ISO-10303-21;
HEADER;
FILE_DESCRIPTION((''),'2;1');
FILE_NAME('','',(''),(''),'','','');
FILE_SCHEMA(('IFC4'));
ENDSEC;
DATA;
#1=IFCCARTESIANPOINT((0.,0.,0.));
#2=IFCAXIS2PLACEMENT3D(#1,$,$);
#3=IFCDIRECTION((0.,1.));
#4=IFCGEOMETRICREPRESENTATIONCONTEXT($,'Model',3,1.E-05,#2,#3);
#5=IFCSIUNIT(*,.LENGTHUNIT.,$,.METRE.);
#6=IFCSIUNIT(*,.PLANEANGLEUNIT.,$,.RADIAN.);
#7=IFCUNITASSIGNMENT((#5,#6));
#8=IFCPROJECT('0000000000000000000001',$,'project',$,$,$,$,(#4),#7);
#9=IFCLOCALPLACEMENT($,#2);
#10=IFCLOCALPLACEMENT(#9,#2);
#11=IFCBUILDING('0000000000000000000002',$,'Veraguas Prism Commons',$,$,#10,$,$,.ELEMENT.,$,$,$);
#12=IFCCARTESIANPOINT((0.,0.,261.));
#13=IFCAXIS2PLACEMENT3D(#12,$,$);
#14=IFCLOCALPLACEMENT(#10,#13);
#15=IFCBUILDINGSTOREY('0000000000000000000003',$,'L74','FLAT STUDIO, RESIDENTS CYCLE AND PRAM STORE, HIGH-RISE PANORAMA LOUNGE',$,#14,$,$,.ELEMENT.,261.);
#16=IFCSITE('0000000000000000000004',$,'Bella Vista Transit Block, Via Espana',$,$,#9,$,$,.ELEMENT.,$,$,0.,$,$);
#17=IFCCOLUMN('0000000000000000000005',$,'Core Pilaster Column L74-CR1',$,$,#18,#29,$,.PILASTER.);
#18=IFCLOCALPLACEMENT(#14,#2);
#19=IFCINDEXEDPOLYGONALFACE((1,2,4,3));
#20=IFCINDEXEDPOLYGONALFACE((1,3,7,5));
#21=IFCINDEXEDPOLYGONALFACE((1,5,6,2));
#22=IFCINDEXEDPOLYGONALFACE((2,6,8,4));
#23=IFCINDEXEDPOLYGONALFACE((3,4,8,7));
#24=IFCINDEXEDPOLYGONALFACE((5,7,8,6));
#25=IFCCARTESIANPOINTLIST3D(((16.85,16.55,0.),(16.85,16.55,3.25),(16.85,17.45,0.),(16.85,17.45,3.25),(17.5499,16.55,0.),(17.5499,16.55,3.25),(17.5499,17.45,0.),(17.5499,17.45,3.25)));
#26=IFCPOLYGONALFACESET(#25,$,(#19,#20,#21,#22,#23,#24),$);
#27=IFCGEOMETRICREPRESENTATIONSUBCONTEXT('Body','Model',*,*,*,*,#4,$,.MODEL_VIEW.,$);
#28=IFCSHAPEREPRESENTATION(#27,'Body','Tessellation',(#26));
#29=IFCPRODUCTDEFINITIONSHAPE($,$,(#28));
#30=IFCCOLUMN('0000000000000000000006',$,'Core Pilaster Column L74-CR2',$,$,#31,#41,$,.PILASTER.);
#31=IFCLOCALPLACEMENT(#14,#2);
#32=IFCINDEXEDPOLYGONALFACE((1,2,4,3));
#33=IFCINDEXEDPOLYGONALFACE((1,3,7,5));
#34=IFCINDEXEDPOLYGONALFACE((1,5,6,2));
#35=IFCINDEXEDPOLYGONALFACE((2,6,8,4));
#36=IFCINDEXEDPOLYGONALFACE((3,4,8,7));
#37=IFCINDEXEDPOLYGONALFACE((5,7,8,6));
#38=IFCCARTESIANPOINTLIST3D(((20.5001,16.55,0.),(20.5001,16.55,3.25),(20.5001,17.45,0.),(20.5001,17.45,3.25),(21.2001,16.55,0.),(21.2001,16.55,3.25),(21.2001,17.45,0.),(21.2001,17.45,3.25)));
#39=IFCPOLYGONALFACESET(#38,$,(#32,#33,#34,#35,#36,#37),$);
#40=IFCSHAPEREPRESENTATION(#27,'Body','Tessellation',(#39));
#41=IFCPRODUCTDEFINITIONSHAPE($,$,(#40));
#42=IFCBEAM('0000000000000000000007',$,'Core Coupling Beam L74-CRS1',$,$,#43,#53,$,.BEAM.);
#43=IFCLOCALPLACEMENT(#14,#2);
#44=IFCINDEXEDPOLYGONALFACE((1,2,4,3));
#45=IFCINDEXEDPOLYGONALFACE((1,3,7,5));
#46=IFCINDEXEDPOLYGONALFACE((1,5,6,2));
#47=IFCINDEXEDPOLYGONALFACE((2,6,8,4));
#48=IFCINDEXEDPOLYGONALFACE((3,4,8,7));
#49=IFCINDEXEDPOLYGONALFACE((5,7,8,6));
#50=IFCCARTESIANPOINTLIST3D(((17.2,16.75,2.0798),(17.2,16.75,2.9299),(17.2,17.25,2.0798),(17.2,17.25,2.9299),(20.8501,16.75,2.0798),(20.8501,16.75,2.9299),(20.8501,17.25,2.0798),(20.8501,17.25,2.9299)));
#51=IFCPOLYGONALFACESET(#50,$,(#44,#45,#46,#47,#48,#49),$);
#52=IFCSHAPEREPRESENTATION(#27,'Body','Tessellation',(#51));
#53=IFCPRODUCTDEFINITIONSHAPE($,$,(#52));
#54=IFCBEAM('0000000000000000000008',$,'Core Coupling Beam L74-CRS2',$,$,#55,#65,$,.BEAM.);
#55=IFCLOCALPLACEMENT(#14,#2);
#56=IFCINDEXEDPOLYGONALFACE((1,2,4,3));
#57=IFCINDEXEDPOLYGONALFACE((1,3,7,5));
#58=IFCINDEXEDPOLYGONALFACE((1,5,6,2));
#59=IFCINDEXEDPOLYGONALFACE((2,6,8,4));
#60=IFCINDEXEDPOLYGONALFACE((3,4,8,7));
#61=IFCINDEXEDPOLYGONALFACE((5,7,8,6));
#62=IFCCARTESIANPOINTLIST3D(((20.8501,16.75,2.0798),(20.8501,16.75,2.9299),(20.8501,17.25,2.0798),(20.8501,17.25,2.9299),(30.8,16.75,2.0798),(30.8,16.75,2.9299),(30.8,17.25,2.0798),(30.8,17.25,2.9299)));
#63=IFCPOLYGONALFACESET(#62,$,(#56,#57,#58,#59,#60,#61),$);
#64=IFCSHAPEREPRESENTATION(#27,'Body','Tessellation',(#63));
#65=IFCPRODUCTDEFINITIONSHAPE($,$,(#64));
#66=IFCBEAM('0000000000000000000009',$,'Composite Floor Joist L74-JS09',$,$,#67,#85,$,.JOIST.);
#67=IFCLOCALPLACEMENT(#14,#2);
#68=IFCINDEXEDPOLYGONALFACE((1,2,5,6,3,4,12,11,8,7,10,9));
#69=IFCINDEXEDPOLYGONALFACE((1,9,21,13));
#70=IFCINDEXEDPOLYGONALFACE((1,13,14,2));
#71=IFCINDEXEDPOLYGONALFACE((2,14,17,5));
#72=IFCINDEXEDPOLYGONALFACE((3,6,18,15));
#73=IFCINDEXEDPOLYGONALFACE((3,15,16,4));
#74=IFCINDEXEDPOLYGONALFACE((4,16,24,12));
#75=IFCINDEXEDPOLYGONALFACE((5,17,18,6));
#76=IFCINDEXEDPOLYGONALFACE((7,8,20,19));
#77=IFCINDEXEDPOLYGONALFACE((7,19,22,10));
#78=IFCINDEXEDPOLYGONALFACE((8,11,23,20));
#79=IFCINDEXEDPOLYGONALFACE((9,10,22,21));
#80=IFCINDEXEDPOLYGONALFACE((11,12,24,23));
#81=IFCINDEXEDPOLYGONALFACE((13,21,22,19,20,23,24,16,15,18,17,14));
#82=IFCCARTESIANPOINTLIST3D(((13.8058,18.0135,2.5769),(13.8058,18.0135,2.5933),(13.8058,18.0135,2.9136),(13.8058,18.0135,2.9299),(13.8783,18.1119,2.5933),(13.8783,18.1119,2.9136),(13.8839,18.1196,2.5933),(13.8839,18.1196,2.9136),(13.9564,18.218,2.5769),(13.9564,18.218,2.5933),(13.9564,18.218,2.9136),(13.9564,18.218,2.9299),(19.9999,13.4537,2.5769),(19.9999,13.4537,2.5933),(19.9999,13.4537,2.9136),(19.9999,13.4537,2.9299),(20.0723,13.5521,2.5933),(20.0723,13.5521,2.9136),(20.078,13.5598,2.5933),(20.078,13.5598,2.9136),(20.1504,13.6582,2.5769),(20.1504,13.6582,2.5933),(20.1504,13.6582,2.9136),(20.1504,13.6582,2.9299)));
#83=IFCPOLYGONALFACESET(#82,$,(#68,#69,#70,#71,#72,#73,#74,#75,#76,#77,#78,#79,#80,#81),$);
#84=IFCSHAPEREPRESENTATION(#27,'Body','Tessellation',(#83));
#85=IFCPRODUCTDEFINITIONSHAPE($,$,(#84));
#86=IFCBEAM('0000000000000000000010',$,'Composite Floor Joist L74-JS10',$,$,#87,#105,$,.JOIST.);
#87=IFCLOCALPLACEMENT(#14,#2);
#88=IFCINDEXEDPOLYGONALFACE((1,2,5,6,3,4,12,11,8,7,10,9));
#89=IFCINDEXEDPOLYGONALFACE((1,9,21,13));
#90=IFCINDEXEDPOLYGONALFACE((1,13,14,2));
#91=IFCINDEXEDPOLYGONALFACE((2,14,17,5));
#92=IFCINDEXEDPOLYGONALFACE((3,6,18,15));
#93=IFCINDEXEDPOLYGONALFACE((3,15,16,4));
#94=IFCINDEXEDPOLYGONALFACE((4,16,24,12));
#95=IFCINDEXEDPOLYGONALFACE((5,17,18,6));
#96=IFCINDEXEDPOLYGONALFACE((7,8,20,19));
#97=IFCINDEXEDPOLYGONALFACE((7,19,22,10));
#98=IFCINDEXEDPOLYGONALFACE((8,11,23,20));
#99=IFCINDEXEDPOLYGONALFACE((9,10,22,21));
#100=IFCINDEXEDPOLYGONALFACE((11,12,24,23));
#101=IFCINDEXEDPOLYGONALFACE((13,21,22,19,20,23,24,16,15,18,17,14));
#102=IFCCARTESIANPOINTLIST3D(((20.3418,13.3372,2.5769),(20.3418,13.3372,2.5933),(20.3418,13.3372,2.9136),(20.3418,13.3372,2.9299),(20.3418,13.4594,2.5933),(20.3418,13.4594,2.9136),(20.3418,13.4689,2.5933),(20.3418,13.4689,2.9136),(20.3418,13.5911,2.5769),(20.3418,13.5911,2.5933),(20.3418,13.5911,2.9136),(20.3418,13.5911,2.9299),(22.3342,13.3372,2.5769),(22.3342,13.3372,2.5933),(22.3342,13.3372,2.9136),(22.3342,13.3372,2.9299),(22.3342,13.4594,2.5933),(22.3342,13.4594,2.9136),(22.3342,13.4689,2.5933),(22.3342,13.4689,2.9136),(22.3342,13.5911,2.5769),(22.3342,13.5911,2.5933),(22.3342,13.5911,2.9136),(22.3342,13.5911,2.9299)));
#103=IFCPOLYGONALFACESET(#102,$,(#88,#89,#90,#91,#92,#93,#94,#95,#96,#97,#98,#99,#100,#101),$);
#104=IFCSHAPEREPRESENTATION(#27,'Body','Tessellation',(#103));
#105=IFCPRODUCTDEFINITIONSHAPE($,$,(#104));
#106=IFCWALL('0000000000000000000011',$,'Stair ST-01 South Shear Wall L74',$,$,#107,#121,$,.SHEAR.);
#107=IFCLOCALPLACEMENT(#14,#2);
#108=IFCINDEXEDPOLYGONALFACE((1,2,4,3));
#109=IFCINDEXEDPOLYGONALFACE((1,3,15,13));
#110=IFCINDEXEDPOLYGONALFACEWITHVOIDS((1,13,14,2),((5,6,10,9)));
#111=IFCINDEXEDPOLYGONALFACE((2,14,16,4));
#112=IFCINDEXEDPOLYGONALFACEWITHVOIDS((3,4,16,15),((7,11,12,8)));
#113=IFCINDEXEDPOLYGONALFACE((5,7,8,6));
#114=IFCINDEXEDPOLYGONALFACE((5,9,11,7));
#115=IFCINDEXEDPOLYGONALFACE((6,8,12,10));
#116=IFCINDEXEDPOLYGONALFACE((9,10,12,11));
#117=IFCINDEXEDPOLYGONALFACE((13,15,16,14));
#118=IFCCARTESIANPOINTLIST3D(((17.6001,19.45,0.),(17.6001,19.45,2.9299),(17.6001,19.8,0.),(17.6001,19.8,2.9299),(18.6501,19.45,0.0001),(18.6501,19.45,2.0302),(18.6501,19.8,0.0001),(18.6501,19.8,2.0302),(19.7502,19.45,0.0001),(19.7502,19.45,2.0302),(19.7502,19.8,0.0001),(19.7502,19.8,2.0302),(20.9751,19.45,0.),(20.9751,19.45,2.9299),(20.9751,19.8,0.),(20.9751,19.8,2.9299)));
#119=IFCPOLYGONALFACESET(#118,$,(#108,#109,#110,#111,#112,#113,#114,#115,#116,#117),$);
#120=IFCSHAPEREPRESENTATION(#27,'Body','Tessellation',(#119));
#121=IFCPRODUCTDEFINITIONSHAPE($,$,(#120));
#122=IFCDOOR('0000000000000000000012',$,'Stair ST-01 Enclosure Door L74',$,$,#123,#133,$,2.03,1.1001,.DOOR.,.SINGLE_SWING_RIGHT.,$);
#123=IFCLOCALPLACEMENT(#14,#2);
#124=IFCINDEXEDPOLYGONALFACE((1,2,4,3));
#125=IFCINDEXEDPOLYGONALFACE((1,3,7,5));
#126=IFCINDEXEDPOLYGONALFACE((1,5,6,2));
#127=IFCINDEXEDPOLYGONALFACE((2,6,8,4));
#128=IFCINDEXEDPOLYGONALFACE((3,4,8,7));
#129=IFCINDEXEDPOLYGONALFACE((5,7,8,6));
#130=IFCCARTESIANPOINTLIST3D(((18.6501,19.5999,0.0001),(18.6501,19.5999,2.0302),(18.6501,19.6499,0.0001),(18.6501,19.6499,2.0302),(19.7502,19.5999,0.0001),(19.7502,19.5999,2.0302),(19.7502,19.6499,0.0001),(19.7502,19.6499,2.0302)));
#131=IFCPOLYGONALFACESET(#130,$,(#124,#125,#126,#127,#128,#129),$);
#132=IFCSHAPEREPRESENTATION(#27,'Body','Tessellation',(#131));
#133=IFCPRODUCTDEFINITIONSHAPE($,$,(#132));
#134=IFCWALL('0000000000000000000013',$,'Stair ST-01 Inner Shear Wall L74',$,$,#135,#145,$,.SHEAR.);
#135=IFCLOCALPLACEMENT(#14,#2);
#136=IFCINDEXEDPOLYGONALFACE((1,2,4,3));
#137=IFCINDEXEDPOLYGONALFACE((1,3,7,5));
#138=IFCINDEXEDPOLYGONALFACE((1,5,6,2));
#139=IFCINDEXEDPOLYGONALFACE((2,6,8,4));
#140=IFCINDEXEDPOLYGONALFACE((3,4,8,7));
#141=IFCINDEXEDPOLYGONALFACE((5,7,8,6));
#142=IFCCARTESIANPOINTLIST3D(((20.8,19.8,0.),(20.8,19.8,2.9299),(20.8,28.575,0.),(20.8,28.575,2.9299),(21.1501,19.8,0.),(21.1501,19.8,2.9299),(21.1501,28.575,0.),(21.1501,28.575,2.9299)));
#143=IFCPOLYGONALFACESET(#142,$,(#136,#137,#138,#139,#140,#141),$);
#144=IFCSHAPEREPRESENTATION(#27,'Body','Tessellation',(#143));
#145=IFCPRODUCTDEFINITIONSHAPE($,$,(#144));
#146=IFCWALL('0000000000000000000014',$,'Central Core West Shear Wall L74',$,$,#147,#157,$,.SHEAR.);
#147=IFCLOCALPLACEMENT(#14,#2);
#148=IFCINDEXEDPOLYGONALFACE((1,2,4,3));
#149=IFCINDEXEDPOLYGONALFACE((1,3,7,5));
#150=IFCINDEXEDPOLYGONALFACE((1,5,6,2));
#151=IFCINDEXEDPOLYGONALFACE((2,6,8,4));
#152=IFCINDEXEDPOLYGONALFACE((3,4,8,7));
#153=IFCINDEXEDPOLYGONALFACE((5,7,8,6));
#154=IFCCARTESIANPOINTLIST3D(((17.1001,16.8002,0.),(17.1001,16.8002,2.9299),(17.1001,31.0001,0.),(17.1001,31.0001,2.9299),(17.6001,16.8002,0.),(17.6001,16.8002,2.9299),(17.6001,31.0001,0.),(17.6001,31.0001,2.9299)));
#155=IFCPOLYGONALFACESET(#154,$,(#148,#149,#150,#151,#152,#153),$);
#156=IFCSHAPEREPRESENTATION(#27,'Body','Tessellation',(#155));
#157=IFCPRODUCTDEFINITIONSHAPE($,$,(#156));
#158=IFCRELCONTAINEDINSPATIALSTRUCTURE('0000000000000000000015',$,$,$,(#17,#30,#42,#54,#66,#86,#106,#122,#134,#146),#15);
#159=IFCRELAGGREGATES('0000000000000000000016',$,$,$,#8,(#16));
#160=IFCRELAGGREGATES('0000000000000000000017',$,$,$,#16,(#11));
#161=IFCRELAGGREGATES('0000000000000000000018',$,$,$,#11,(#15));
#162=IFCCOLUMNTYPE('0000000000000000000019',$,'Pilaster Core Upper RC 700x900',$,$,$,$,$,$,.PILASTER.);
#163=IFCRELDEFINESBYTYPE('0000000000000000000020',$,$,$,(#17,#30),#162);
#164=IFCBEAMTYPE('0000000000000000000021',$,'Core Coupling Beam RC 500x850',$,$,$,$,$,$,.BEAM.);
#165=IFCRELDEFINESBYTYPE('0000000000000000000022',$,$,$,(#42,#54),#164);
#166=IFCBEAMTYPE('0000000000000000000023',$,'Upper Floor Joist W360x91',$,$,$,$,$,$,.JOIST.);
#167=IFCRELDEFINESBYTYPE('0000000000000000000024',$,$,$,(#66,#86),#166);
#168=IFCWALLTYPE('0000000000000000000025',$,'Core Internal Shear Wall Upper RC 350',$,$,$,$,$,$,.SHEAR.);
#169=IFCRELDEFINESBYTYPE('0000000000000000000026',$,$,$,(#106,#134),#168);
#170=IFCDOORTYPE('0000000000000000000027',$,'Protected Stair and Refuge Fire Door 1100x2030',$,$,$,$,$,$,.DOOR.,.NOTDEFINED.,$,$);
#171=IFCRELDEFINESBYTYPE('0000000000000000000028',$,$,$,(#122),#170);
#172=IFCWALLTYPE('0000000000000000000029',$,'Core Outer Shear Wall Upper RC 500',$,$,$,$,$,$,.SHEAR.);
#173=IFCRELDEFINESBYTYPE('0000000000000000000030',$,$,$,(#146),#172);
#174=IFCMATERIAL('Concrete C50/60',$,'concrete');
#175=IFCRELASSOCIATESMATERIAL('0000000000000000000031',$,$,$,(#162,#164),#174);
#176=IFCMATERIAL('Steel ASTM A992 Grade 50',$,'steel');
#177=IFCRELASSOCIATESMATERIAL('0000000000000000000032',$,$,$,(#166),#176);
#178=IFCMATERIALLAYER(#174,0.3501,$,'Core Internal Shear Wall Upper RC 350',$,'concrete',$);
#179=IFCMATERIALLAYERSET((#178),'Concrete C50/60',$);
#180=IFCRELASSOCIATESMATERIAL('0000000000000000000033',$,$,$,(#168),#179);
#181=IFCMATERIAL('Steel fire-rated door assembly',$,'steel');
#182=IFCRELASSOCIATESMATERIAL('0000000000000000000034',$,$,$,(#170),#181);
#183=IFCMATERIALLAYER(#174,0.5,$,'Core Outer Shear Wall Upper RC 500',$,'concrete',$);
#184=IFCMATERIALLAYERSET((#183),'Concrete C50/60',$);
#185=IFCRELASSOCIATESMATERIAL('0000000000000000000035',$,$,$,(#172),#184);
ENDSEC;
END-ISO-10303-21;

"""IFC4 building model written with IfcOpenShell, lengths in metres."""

from ifc_helpers import new_model, si_unit, direction, frame, frame_2d, origin, origin_2d, place, context, subcontext, project, spatial, rectangle, i_section, extrude, source, transform, mapped, material, layer, layer_set, material_profile, profile_set, type_object, element, fill, save


model = new_model("IFC4")

# Units and contexts
model_context = context("Model", 3, precision=1e-05, world=origin(), true_north=direction((0.0, 1.0)))
body_context = subcontext(model_context, "Body", "Model", "MODEL_VIEW")
ifc_project = project(units=[si_unit("LENGTHUNIT", "METRE"), si_unit("PLANEANGLEUNIT", "RADIAN")], contexts=[model_context])

# Site, building, storey
site_placement = place(None, origin())
site = spatial("IfcSite", under=ifc_project, at=site_placement, Name="Bella Vista Transit Block, Via Espana", CompositionType="ELEMENT", RefElevation=0.0)
building_placement = place(site_placement, origin())
building = spatial("IfcBuilding", under=site, at=building_placement, Name="Veraguas Prism Commons", CompositionType="ELEMENT")
storey_placement = place(building_placement, frame((0.0, 0.0, 261.0)))
storey = spatial("IfcBuildingStorey", under=building, at=storey_placement, Name="L74", Description="FLAT STUDIO, RESIDENTS CYCLE AND PRAM STORE, HIGH-RISE PANORAMA LOUNGE", CompositionType="ELEMENT", Elevation=261.0)

# Columns
ifc_material_1 = material(Name="Concrete C50/60", Category="concrete")
ifc_material_profile_1 = material_profile(ifc_material_1, rectangle(XDim=0.7, YDim=0.8999, at=origin_2d()), Name="RC700X900")
ifc_profile_set_1 = profile_set([ifc_material_profile_1], Name="Concrete C50/60")
column_type = type_object("IfcColumnType", Name="Pilaster Core Upper RC 700x900", PredefinedType="PILASTER", material=ifc_profile_set_1)
for number, where, z_axis, x_axis, name in (
    (1, (17.2, 17.0, 0.0), (0.0, 0.0, 1.0), (1.0, 0.0, 0.0), "Core Pilaster Column L74-CR1"),
    (2, (20.8501, 17.0, 0.0), (0.0, 0.0, 1.0), (1.0, 0.0, 0.0), "Core Pilaster Column L74-CR2"),
):
    element("IfcColumn", number, at=place(storey_placement, frame(where, z_axis=z_axis, x_axis=x_axis)), inside=storey, type_object=column_type, Name=name, PredefinedType="PILASTER", context=body_context, shape_type="SweptSolid", body=[
        extrude(rectangle(XDim=0.7, YDim=0.8999, at=origin_2d()), origin(), (0.0, 0.0, 1.0), 3.25),
    ])

# Beams
ifc_material_profile_2 = material_profile(ifc_material_1, rectangle(XDim=0.5, YDim=0.8501, at=origin_2d()), Name="RC500X850")
ifc_profile_set_2 = profile_set([ifc_material_profile_2], Name="Concrete C50/60")
beam_type_1 = type_object("IfcBeamType", Name="Core Coupling Beam RC 500x850", PredefinedType="BEAM", material=ifc_profile_set_2)
beam_1_placement = place(storey_placement, frame((17.2, 17.0, 2.5049), z_axis=(1.0, 0.0, 0.0), x_axis=(0.0, 1.0, 0.0)))
element("IfcBeam", 3, at=beam_1_placement, inside=storey, type_object=beam_type_1, Name="Core Coupling Beam L74-CRS1", PredefinedType="BEAM", context=body_context, shape_type="SweptSolid", body=[
    extrude(rectangle(XDim=0.5, YDim=0.8501, at=origin_2d()), origin(), (0.0, 0.0, 1.0), 3.6501),
])
beam_2_placement = place(storey_placement, frame((20.8501, 17.0, 2.5049), z_axis=(1.0, 0.0, 0.0), x_axis=(0.0, 1.0, 0.0)))
element("IfcBeam", 4, at=beam_2_placement, inside=storey, type_object=beam_type_1, Name="Core Coupling Beam L74-CRS2", PredefinedType="BEAM", context=body_context, shape_type="SweptSolid", body=[
    extrude(rectangle(XDim=0.5, YDim=0.8501, at=origin_2d()), origin(), (0.0, 0.0, 1.0), 9.95),
])
ifc_material_2 = material(Name="Steel ASTM A992 Grade 50", Category="steel")
ifc_material_profile_3 = material_profile(ifc_material_2, i_section(OverallWidth=0.2539, OverallDepth=0.353, WebThickness=0.0095, FlangeThickness=0.0164, at=origin_2d()), Name="W360X91")
ifc_profile_set_3 = profile_set([ifc_material_profile_3], Name="Steel ASTM A992 Grade 50")
beam_type_2 = type_object("IfcBeamType", Name="Upper Floor Joist W360x91", PredefinedType="JOIST", material=ifc_profile_set_3)
beam_3_placement = place(storey_placement, frame((13.8811, 18.1157, 2.7534), z_axis=(0.80532, -0.592841, 0.0), x_axis=(0.592841, 0.80532, 0.0)))
element("IfcBeam", 5, at=beam_3_placement, inside=storey, type_object=beam_type_2, Name="Composite Floor Joist L74-JS09", PredefinedType="JOIST", context=body_context, shape_type="SweptSolid", body=[
    extrude(i_section(OverallWidth=0.2539, OverallDepth=0.353, WebThickness=0.0095, FlangeThickness=0.0164, at=origin_2d()), origin(), (0.0, 0.0, 1.0), 7.6914),
])
beam_4_placement = place(storey_placement, frame((20.3418, 13.4641, 2.7534), z_axis=(1.0, 0.0, 0.0), x_axis=(0.0, 1.0, 0.0)))
element("IfcBeam", 6, at=beam_4_placement, inside=storey, type_object=beam_type_2, Name="Composite Floor Joist L74-JS10", PredefinedType="JOIST", context=body_context, shape_type="SweptSolid", body=[
    extrude(i_section(OverallWidth=0.2539, OverallDepth=0.353, WebThickness=0.0095, FlangeThickness=0.0164, at=origin_2d()), origin(), (0.0, 0.0, 1.0), 1.9924),
])

# Wall, opening, door
ifc_layer_1 = layer(ifc_material_1, 0.3501, Name="Core Internal Shear Wall Upper RC 350", Category="concrete")
ifc_layer_set_1 = layer_set([ifc_layer_1], Name="Concrete C50/60")
wall_type_1 = type_object("IfcWallType", Name="Core Internal Shear Wall Upper RC 350", PredefinedType="SHEAR", material=ifc_layer_set_1)
wall_1_placement = place(storey_placement, frame((17.6001, 19.625, 0.0), z_axis=(0.0, 0.0, 1.0), x_axis=(1.0, 0.0, 0.0)))
wall_1 = element("IfcWall", 7, at=wall_1_placement, inside=storey, type_object=wall_type_1, Name="Stair ST-01 South Shear Wall L74", PredefinedType="SHEAR", context=body_context, shape_type="SweptSolid", body=[
    extrude(rectangle(XDim=3.375, YDim=0.3501, at=frame_2d((1.6875, 0.0))), origin(), (0.0, 0.0, 1.0), 2.9299),
])
opening_1_placement = place(wall_1_placement, frame((1.05, 0.0, 0.0)))
opening_1 = element("IfcOpeningElement", 8, at=opening_1_placement, cuts=wall_1, PredefinedType="OPENING", context=body_context, shape_type="SweptSolid", body=[
    extrude(rectangle(XDim=1.1001, YDim=2.03, at=frame_2d((0.55, 1.0151))), frame((0.0, 0.1851, 0.0), z_axis=(0.0, -1.0, 0.0), x_axis=(1.0, 0.0, 0.0)), (0.0, 0.0, 1.0), 0.3701),
])
ifc_material_3 = material(Name="Steel fire-rated door assembly", Category="steel")
door_type_1 = type_object("IfcDoorType", Name="Protected Stair and Refuge Fire Door 1100x2030", OperationType="NOTDEFINED", PredefinedType="DOOR", material=ifc_material_3)
shared_shape_1 = source(origin(), body_context, "Body", "SweptSolid", [
    extrude(rectangle(XDim=1.1001, YDim=2.03, at=frame_2d((0.55, 1.0151))), frame((0.0, 0.0249, 0.0), z_axis=(0.0, -1.0, 0.0), x_axis=(1.0, 0.0, 0.0)), (0.0, 0.0, 1.0), 0.05),
])
door_1_placement = place(opening_1_placement, origin())
door_1 = element("IfcDoor", 9, at=door_1_placement, inside=storey, type_object=door_type_1, Name="Stair ST-01 Enclosure Door L74", OperationType="SINGLE_SWING_RIGHT", OverallHeight=2.03, OverallWidth=1.1001, PredefinedType="DOOR", context=body_context, shape_type="MappedRepresentation", body=[
    mapped(shared_shape_1, transform((0.0, 0.0, 0.0), scale=1.0)),
])
fill(opening_1, door_1)

# Walls
wall_2_placement = place(storey_placement, frame((20.9751, 19.8, 0.0), z_axis=(0.0, 0.0, 1.0), x_axis=(0.0, 1.0, 0.0)))
element("IfcWall", 10, at=wall_2_placement, inside=storey, type_object=wall_type_1, Name="Stair ST-01 Inner Shear Wall L74", PredefinedType="SHEAR", context=body_context, shape_type="SweptSolid", body=[
    extrude(rectangle(XDim=8.7749, YDim=0.3501, at=frame_2d((4.3875, 0.0))), origin(), (0.0, 0.0, 1.0), 2.9299),
])
ifc_layer_2 = layer(ifc_material_1, 0.5, Name="Core Outer Shear Wall Upper RC 500", Category="concrete")
ifc_layer_set_2 = layer_set([ifc_layer_2], Name="Concrete C50/60")
wall_type_2 = type_object("IfcWallType", Name="Core Outer Shear Wall Upper RC 500", PredefinedType="SHEAR", material=ifc_layer_set_2)
wall_3_placement = place(storey_placement, frame((17.3501, 16.8, 0.0), z_axis=(0.0, 0.0, 1.0), x_axis=(0.0, 1.0, 0.0)))
element("IfcWall", 11, at=wall_3_placement, inside=storey, type_object=wall_type_2, Name="Central Core West Shear Wall L74", PredefinedType="SHEAR", context=body_context, shape_type="SweptSolid", body=[
    extrude(rectangle(XDim=14.2, YDim=0.5, at=frame_2d((7.1001, 0.0))), origin(), (0.0, 0.0, 1.0), 2.9299),
])

save(model, "model.ifc")
